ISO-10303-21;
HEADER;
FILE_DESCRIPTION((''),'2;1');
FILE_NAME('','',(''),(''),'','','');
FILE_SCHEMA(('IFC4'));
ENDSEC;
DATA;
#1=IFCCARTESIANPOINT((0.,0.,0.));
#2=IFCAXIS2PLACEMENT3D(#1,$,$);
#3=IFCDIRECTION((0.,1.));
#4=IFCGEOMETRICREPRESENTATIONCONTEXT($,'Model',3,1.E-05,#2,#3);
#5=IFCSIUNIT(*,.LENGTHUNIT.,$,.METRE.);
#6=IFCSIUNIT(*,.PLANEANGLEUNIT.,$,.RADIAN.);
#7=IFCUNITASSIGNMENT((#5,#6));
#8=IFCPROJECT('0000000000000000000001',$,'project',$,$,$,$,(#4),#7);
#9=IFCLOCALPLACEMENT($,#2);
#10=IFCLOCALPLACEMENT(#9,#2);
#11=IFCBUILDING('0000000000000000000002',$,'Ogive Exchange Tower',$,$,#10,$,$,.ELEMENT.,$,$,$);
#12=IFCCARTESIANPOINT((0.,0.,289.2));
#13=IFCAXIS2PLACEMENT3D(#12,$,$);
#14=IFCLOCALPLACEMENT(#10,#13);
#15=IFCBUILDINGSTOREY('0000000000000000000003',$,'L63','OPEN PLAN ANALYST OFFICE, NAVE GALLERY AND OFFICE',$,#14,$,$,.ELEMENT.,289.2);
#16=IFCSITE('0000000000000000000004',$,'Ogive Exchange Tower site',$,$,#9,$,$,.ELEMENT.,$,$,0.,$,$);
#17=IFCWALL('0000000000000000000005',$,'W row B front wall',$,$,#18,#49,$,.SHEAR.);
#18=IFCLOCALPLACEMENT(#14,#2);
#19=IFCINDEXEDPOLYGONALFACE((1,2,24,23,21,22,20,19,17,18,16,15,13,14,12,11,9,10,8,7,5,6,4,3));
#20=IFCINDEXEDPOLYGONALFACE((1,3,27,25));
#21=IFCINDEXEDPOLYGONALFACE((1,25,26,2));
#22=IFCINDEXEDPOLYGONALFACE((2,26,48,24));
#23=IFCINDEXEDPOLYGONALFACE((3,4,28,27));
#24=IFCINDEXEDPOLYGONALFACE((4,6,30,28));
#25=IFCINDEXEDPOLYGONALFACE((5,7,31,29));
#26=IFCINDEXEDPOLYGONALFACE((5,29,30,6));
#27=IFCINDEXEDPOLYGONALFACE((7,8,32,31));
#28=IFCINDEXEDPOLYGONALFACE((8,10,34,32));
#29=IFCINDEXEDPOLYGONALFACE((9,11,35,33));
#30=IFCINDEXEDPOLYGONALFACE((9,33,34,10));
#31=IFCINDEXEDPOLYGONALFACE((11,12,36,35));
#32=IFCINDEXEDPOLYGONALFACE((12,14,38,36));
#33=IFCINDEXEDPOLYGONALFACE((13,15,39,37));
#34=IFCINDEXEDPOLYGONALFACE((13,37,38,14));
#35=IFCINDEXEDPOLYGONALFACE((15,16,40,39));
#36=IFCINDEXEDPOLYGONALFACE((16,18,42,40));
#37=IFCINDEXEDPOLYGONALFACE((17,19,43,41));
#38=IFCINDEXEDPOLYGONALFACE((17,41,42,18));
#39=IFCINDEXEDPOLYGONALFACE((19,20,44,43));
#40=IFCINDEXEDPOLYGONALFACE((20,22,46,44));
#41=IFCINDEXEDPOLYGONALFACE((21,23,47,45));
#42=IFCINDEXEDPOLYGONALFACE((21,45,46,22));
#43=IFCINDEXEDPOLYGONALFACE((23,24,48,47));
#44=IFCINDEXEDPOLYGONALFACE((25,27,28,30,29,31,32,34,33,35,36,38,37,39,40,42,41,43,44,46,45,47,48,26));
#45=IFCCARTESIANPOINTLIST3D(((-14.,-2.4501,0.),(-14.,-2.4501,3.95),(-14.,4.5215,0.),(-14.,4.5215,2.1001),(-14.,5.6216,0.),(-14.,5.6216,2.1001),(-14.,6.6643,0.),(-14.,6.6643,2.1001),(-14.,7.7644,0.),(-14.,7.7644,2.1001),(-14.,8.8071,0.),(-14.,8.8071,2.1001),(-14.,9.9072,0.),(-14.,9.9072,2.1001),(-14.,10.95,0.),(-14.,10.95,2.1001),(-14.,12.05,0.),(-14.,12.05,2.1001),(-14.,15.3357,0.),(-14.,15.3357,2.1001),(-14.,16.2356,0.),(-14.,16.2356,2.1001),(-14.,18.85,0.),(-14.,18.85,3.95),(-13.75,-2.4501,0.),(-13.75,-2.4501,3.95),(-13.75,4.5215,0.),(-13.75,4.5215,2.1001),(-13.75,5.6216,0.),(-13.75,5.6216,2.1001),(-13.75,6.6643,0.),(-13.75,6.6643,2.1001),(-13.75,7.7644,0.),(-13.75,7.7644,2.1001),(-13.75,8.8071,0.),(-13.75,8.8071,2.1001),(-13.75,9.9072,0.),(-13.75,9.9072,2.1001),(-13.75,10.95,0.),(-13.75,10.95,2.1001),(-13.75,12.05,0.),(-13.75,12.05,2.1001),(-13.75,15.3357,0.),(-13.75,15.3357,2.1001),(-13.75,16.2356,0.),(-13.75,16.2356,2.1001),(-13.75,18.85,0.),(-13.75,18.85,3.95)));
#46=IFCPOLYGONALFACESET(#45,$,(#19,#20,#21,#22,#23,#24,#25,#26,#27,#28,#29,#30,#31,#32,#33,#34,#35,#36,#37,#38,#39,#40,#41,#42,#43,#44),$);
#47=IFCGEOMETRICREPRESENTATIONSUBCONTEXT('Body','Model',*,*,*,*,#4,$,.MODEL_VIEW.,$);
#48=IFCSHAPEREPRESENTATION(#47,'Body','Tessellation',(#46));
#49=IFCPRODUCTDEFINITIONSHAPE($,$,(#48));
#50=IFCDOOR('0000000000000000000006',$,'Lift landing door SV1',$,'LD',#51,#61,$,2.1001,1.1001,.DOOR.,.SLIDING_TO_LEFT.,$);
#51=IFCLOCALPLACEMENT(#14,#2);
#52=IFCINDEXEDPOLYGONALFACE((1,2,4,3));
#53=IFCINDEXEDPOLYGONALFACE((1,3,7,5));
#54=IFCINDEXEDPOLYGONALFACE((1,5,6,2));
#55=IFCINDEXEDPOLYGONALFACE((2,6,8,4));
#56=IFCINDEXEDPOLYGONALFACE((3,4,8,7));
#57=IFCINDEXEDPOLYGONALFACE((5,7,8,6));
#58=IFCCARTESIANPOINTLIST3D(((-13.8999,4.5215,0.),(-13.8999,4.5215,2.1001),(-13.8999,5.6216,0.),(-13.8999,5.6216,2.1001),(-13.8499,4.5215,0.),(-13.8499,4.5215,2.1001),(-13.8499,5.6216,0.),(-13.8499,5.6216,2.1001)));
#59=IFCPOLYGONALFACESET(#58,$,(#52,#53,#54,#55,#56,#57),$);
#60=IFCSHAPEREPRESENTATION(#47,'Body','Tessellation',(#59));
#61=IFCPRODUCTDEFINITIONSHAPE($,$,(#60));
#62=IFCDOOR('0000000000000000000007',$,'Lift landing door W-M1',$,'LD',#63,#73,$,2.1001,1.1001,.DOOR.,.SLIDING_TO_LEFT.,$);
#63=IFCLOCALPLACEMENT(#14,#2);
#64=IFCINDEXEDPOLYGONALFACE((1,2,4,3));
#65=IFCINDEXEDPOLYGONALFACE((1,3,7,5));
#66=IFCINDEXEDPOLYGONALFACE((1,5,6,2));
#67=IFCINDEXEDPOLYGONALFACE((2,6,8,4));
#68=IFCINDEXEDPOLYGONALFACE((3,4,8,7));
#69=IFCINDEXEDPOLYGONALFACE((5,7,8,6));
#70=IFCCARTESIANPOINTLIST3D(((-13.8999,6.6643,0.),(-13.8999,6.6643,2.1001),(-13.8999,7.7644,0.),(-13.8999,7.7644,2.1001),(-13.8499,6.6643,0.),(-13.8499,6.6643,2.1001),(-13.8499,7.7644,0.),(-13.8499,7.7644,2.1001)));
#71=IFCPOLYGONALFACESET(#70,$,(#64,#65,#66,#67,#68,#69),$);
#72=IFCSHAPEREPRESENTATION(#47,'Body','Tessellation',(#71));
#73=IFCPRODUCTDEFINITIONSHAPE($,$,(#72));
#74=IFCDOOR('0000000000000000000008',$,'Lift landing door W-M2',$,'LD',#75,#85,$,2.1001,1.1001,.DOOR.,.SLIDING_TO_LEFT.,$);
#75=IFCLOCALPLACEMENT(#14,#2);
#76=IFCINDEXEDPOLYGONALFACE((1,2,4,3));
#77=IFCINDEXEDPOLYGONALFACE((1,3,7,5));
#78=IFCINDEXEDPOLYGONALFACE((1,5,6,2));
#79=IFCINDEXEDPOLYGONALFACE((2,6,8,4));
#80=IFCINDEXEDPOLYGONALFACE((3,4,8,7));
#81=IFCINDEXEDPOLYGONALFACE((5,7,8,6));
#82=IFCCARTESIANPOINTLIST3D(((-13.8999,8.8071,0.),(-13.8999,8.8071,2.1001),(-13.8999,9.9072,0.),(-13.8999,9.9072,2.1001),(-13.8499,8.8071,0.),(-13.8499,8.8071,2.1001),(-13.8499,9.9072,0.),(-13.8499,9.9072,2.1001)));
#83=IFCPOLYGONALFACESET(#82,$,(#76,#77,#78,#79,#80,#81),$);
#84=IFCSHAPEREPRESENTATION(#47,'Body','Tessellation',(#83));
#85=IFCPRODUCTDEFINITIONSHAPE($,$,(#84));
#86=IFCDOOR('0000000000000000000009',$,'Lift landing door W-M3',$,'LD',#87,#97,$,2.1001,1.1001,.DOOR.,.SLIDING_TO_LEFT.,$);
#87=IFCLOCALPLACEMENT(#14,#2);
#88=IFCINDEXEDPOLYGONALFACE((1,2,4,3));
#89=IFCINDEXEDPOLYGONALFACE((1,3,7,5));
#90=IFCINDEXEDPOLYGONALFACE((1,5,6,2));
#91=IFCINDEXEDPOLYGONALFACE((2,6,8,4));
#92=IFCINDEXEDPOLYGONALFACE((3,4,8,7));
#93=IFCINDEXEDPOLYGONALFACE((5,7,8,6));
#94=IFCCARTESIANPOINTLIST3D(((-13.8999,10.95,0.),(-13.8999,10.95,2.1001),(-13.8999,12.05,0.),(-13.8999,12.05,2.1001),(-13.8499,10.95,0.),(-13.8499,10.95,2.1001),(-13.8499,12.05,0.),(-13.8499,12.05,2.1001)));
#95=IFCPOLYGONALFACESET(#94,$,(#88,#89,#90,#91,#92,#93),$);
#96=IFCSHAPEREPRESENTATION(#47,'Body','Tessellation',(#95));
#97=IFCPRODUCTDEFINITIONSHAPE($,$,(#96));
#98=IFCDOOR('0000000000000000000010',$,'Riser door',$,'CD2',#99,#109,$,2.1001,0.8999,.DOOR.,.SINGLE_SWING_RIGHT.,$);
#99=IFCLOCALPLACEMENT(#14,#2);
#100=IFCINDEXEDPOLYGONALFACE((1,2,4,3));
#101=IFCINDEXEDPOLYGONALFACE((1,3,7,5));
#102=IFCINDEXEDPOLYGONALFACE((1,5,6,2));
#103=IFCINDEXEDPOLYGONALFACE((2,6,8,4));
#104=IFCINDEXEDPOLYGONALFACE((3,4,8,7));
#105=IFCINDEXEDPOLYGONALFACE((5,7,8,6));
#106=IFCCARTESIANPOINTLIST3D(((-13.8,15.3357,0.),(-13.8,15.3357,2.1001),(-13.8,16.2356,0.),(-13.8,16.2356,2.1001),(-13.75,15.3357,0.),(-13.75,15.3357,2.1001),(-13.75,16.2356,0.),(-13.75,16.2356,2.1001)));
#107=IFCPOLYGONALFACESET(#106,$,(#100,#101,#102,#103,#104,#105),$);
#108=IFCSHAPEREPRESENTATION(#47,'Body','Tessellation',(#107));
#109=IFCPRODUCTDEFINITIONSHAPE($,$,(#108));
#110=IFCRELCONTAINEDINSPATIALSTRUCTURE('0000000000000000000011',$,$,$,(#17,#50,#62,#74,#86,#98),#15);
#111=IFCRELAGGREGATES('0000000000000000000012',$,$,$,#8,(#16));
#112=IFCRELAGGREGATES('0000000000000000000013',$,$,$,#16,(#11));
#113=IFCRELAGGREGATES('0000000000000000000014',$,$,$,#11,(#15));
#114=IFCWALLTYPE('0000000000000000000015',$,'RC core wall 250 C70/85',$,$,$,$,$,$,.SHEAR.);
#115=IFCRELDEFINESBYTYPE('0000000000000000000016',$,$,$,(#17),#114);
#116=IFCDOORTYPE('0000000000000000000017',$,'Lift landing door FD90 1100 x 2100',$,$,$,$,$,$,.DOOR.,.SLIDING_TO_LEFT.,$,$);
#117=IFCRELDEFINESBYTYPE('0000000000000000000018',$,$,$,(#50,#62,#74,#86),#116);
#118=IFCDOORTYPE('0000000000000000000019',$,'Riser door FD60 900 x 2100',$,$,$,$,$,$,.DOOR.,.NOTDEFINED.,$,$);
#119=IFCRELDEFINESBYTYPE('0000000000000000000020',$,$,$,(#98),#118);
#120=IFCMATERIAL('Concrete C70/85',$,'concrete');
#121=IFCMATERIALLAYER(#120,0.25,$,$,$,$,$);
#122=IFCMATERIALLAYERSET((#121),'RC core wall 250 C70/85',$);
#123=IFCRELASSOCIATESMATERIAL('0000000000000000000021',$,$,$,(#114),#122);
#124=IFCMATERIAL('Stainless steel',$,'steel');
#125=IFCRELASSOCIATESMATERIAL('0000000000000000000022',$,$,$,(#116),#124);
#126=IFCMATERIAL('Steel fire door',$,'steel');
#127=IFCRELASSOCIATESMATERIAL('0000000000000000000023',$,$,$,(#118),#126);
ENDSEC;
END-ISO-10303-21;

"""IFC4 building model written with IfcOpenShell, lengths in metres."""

from ifc_helpers import new_model, si_unit, direction, frame, frame_2d, origin, place, context, subcontext, project, spatial, rectangle, extrude, material, layer, layer_set, type_object, element, fill, save


model = new_model("IFC4")

# Units and contexts
model_context = context("Model", 3, precision=1e-05, world=origin(), true_north=direction((0.0, 1.0)))
body_context = subcontext(model_context, "Body", "Model", "MODEL_VIEW")
ifc_project = project(units=[si_unit("LENGTHUNIT", "METRE"), si_unit("PLANEANGLEUNIT", "RADIAN")], contexts=[model_context])

# Site, building, storey
site_placement = place(None, origin())
site = spatial("IfcSite", under=ifc_project, at=site_placement, Name="Ogive Exchange Tower site", CompositionType="ELEMENT", RefElevation=0.0)
building_placement = place(site_placement, origin())
building = spatial("IfcBuilding", under=site, at=building_placement, Name="Ogive Exchange Tower", CompositionType="ELEMENT")
storey_placement = place(building_placement, frame((0.0, 0.0, 289.2)))
storey = spatial("IfcBuildingStorey", under=building, at=storey_placement, Name="L63", Description="OPEN PLAN ANALYST OFFICE, NAVE GALLERY AND OFFICE", CompositionType="ELEMENT", Elevation=289.2)

# Shared definitions
ifc_material_1 = material(Name="Concrete C70/85", Category="concrete")
ifc_layer_1 = layer(ifc_material_1, 0.25)
ifc_layer_set_1 = layer_set([ifc_layer_1], Name="RC core wall 250 C70/85")
wall_type_1 = type_object("IfcWallType", Name="RC core wall 250 C70/85", PredefinedType="SHEAR", material=ifc_layer_set_1)
ifc_material_2 = material(Name="Steel fire door", Category="steel")

# Wall, openings, doors
wall_1_placement = place(storey_placement, frame((-13.875, -2.45, 0.0), z_axis=(0.0, 0.0, 1.0), x_axis=(0.0, 1.0, 0.0)))
wall_1 = element("IfcWall", 1, at=wall_1_placement, inside=storey, type_object=wall_type_1, Name="W row B front wall", PredefinedType="SHEAR", context=body_context, shape_type="SweptSolid", body=[
    extrude(rectangle(XDim=21.3, YDim=0.25, at=frame_2d((10.6499, 0.0))), origin(), (0.0, 0.0, 1.0), 3.95),
])
opening_1_placement = place(wall_1_placement, frame((17.7856, 0.0, 0.0)))
opening_1 = element("IfcOpeningElement", 2, at=opening_1_placement, cuts=wall_1, PredefinedType="OPENING", context=body_context, shape_type="SweptSolid", body=[
    extrude(rectangle(XDim=0.8999, YDim=2.1001, at=frame_2d((0.45, 1.05))), frame((0.0, 0.135, 0.0), z_axis=(0.0, -1.0, 0.0), x_axis=(1.0, 0.0, 0.0)), (0.0, 0.0, 1.0), 0.27),
])
opening_2_placement = place(wall_1_placement, frame((6.9714, 0.0, 0.0)))
opening_2 = element("IfcOpeningElement", 3, at=opening_2_placement, cuts=wall_1, PredefinedType="OPENING", context=body_context, shape_type="SweptSolid", body=[
    extrude(rectangle(XDim=1.1001, YDim=2.1001, at=frame_2d((0.55, 1.05))), frame((0.0, 0.135, 0.0), z_axis=(0.0, -1.0, 0.0), x_axis=(1.0, 0.0, 0.0)), (0.0, 0.0, 1.0), 0.27),
])
opening_3_placement = place(wall_1_placement, frame((9.1143, 0.0, 0.0)))
opening_3 = element("IfcOpeningElement", 4, at=opening_3_placement, cuts=wall_1, PredefinedType="OPENING", context=body_context, shape_type="SweptSolid", body=[
    extrude(rectangle(XDim=1.1001, YDim=2.1001, at=frame_2d((0.55, 1.05))), frame((0.0, 0.135, 0.0), z_axis=(0.0, -1.0, 0.0), x_axis=(1.0, 0.0, 0.0)), (0.0, 0.0, 1.0), 0.27),
])
opening_4_placement = place(wall_1_placement, frame((11.2571, 0.0, 0.0)))
opening_4 = element("IfcOpeningElement", 5, at=opening_4_placement, cuts=wall_1, PredefinedType="OPENING", context=body_context, shape_type="SweptSolid", body=[
    extrude(rectangle(XDim=1.1001, YDim=2.1001, at=frame_2d((0.55, 1.05))), frame((0.0, 0.135, 0.0), z_axis=(0.0, -1.0, 0.0), x_axis=(1.0, 0.0, 0.0)), (0.0, 0.0, 1.0), 0.27),
])
opening_5_placement = place(wall_1_placement, frame((13.3999, 0.0, 0.0)))
opening_5 = element("IfcOpeningElement", 6, at=opening_5_placement, cuts=wall_1, PredefinedType="OPENING", context=body_context, shape_type="SweptSolid", body=[
    extrude(rectangle(XDim=1.1001, YDim=2.1001, at=frame_2d((0.55, 1.05))), frame((0.0, 0.135, 0.0), z_axis=(0.0, -1.0, 0.0), x_axis=(1.0, 0.0, 0.0)), (0.0, 0.0, 1.0), 0.27),
])
ifc_material_3 = material(Name="Stainless steel", Category="steel")
door_type_1 = type_object("IfcDoorType", Name="Lift landing door FD90 1100 x 2100", OperationType="SLIDING_TO_LEFT", PredefinedType="DOOR", material=ifc_material_3)
door_1_placement = place(opening_2_placement, origin())
door_1 = element("IfcDoor", 7, at=door_1_placement, inside=storey, type_object=door_type_1, Name="Lift landing door SV1", ObjectType="LD", OperationType="SLIDING_TO_LEFT", OverallHeight=2.1001, OverallWidth=1.1001, PredefinedType="DOOR", context=body_context, shape_type="SweptSolid", body=[
    extrude(rectangle(XDim=1.1001, YDim=2.1001, at=frame_2d((0.55, 1.05))), frame((0.0, 0.0249, 0.0), z_axis=(0.0, -1.0, 0.0), x_axis=(1.0, 0.0, 0.0)), (0.0, 0.0, 1.0), 0.05),
])
fill(opening_2, door_1)
door_2_placement = place(opening_3_placement, origin())
door_2 = element("IfcDoor", 8, at=door_2_placement, inside=storey, type_object=door_type_1, Name="Lift landing door W-M1", ObjectType="LD", OperationType="SLIDING_TO_LEFT", OverallHeight=2.1001, OverallWidth=1.1001, PredefinedType="DOOR", context=body_context, shape_type="SweptSolid", body=[
    extrude(rectangle(XDim=1.1001, YDim=2.1001, at=frame_2d((0.55, 1.05))), frame((0.0, 0.0249, 0.0), z_axis=(0.0, -1.0, 0.0), x_axis=(1.0, 0.0, 0.0)), (0.0, 0.0, 1.0), 0.05),
])
fill(opening_3, door_2)
door_3_placement = place(opening_4_placement, origin())
door_3 = element("IfcDoor", 9, at=door_3_placement, inside=storey, type_object=door_type_1, Name="Lift landing door W-M2", ObjectType="LD", OperationType="SLIDING_TO_LEFT", OverallHeight=2.1001, OverallWidth=1.1001, PredefinedType="DOOR", context=body_context, shape_type="SweptSolid", body=[
    extrude(rectangle(XDim=1.1001, YDim=2.1001, at=frame_2d((0.55, 1.05))), frame((0.0, 0.0249, 0.0), z_axis=(0.0, -1.0, 0.0), x_axis=(1.0, 0.0, 0.0)), (0.0, 0.0, 1.0), 0.05),
])
fill(opening_4, door_3)
door_4_placement = place(opening_5_placement, origin())
door_4 = element("IfcDoor", 10, at=door_4_placement, inside=storey, type_object=door_type_1, Name="Lift landing door W-M3", ObjectType="LD", OperationType="SLIDING_TO_LEFT", OverallHeight=2.1001, OverallWidth=1.1001, PredefinedType="DOOR", context=body_context, shape_type="SweptSolid", body=[
    extrude(rectangle(XDim=1.1001, YDim=2.1001, at=frame_2d((0.55, 1.05))), frame((0.0, 0.0249, 0.0), z_axis=(0.0, -1.0, 0.0), x_axis=(1.0, 0.0, 0.0)), (0.0, 0.0, 1.0), 0.05),
])
fill(opening_5, door_4)
door_type_2 = type_object("IfcDoorType", Name="Riser door FD60 900 x 2100", OperationType="NOTDEFINED", PredefinedType="DOOR", material=ifc_material_2)
door_5_placement = place(opening_1_placement, frame((0.8999, -0.2002, 0.0), z_axis=(0.0, 0.0, 1.0), x_axis=(-1.0, 0.0, 0.0)))
door_5 = element("IfcDoor", 11, at=door_5_placement, inside=storey, type_object=door_type_2, Name="Riser door", ObjectType="CD2", OperationType="SINGLE_SWING_RIGHT", OverallHeight=2.1001, OverallWidth=0.8999, PredefinedType="DOOR", context=body_context, shape_type="SweptSolid", body=[
    extrude(rectangle(XDim=0.8999, YDim=2.1001, at=frame_2d((0.45, 1.05))), frame((0.0, -0.0752, 0.0), z_axis=(0.0, -1.0, 0.0), x_axis=(1.0, 0.0, 0.0)), (0.0, 0.0, 1.0), 0.05),
])
fill(opening_1, door_5)

save(model, "model.ifc")
